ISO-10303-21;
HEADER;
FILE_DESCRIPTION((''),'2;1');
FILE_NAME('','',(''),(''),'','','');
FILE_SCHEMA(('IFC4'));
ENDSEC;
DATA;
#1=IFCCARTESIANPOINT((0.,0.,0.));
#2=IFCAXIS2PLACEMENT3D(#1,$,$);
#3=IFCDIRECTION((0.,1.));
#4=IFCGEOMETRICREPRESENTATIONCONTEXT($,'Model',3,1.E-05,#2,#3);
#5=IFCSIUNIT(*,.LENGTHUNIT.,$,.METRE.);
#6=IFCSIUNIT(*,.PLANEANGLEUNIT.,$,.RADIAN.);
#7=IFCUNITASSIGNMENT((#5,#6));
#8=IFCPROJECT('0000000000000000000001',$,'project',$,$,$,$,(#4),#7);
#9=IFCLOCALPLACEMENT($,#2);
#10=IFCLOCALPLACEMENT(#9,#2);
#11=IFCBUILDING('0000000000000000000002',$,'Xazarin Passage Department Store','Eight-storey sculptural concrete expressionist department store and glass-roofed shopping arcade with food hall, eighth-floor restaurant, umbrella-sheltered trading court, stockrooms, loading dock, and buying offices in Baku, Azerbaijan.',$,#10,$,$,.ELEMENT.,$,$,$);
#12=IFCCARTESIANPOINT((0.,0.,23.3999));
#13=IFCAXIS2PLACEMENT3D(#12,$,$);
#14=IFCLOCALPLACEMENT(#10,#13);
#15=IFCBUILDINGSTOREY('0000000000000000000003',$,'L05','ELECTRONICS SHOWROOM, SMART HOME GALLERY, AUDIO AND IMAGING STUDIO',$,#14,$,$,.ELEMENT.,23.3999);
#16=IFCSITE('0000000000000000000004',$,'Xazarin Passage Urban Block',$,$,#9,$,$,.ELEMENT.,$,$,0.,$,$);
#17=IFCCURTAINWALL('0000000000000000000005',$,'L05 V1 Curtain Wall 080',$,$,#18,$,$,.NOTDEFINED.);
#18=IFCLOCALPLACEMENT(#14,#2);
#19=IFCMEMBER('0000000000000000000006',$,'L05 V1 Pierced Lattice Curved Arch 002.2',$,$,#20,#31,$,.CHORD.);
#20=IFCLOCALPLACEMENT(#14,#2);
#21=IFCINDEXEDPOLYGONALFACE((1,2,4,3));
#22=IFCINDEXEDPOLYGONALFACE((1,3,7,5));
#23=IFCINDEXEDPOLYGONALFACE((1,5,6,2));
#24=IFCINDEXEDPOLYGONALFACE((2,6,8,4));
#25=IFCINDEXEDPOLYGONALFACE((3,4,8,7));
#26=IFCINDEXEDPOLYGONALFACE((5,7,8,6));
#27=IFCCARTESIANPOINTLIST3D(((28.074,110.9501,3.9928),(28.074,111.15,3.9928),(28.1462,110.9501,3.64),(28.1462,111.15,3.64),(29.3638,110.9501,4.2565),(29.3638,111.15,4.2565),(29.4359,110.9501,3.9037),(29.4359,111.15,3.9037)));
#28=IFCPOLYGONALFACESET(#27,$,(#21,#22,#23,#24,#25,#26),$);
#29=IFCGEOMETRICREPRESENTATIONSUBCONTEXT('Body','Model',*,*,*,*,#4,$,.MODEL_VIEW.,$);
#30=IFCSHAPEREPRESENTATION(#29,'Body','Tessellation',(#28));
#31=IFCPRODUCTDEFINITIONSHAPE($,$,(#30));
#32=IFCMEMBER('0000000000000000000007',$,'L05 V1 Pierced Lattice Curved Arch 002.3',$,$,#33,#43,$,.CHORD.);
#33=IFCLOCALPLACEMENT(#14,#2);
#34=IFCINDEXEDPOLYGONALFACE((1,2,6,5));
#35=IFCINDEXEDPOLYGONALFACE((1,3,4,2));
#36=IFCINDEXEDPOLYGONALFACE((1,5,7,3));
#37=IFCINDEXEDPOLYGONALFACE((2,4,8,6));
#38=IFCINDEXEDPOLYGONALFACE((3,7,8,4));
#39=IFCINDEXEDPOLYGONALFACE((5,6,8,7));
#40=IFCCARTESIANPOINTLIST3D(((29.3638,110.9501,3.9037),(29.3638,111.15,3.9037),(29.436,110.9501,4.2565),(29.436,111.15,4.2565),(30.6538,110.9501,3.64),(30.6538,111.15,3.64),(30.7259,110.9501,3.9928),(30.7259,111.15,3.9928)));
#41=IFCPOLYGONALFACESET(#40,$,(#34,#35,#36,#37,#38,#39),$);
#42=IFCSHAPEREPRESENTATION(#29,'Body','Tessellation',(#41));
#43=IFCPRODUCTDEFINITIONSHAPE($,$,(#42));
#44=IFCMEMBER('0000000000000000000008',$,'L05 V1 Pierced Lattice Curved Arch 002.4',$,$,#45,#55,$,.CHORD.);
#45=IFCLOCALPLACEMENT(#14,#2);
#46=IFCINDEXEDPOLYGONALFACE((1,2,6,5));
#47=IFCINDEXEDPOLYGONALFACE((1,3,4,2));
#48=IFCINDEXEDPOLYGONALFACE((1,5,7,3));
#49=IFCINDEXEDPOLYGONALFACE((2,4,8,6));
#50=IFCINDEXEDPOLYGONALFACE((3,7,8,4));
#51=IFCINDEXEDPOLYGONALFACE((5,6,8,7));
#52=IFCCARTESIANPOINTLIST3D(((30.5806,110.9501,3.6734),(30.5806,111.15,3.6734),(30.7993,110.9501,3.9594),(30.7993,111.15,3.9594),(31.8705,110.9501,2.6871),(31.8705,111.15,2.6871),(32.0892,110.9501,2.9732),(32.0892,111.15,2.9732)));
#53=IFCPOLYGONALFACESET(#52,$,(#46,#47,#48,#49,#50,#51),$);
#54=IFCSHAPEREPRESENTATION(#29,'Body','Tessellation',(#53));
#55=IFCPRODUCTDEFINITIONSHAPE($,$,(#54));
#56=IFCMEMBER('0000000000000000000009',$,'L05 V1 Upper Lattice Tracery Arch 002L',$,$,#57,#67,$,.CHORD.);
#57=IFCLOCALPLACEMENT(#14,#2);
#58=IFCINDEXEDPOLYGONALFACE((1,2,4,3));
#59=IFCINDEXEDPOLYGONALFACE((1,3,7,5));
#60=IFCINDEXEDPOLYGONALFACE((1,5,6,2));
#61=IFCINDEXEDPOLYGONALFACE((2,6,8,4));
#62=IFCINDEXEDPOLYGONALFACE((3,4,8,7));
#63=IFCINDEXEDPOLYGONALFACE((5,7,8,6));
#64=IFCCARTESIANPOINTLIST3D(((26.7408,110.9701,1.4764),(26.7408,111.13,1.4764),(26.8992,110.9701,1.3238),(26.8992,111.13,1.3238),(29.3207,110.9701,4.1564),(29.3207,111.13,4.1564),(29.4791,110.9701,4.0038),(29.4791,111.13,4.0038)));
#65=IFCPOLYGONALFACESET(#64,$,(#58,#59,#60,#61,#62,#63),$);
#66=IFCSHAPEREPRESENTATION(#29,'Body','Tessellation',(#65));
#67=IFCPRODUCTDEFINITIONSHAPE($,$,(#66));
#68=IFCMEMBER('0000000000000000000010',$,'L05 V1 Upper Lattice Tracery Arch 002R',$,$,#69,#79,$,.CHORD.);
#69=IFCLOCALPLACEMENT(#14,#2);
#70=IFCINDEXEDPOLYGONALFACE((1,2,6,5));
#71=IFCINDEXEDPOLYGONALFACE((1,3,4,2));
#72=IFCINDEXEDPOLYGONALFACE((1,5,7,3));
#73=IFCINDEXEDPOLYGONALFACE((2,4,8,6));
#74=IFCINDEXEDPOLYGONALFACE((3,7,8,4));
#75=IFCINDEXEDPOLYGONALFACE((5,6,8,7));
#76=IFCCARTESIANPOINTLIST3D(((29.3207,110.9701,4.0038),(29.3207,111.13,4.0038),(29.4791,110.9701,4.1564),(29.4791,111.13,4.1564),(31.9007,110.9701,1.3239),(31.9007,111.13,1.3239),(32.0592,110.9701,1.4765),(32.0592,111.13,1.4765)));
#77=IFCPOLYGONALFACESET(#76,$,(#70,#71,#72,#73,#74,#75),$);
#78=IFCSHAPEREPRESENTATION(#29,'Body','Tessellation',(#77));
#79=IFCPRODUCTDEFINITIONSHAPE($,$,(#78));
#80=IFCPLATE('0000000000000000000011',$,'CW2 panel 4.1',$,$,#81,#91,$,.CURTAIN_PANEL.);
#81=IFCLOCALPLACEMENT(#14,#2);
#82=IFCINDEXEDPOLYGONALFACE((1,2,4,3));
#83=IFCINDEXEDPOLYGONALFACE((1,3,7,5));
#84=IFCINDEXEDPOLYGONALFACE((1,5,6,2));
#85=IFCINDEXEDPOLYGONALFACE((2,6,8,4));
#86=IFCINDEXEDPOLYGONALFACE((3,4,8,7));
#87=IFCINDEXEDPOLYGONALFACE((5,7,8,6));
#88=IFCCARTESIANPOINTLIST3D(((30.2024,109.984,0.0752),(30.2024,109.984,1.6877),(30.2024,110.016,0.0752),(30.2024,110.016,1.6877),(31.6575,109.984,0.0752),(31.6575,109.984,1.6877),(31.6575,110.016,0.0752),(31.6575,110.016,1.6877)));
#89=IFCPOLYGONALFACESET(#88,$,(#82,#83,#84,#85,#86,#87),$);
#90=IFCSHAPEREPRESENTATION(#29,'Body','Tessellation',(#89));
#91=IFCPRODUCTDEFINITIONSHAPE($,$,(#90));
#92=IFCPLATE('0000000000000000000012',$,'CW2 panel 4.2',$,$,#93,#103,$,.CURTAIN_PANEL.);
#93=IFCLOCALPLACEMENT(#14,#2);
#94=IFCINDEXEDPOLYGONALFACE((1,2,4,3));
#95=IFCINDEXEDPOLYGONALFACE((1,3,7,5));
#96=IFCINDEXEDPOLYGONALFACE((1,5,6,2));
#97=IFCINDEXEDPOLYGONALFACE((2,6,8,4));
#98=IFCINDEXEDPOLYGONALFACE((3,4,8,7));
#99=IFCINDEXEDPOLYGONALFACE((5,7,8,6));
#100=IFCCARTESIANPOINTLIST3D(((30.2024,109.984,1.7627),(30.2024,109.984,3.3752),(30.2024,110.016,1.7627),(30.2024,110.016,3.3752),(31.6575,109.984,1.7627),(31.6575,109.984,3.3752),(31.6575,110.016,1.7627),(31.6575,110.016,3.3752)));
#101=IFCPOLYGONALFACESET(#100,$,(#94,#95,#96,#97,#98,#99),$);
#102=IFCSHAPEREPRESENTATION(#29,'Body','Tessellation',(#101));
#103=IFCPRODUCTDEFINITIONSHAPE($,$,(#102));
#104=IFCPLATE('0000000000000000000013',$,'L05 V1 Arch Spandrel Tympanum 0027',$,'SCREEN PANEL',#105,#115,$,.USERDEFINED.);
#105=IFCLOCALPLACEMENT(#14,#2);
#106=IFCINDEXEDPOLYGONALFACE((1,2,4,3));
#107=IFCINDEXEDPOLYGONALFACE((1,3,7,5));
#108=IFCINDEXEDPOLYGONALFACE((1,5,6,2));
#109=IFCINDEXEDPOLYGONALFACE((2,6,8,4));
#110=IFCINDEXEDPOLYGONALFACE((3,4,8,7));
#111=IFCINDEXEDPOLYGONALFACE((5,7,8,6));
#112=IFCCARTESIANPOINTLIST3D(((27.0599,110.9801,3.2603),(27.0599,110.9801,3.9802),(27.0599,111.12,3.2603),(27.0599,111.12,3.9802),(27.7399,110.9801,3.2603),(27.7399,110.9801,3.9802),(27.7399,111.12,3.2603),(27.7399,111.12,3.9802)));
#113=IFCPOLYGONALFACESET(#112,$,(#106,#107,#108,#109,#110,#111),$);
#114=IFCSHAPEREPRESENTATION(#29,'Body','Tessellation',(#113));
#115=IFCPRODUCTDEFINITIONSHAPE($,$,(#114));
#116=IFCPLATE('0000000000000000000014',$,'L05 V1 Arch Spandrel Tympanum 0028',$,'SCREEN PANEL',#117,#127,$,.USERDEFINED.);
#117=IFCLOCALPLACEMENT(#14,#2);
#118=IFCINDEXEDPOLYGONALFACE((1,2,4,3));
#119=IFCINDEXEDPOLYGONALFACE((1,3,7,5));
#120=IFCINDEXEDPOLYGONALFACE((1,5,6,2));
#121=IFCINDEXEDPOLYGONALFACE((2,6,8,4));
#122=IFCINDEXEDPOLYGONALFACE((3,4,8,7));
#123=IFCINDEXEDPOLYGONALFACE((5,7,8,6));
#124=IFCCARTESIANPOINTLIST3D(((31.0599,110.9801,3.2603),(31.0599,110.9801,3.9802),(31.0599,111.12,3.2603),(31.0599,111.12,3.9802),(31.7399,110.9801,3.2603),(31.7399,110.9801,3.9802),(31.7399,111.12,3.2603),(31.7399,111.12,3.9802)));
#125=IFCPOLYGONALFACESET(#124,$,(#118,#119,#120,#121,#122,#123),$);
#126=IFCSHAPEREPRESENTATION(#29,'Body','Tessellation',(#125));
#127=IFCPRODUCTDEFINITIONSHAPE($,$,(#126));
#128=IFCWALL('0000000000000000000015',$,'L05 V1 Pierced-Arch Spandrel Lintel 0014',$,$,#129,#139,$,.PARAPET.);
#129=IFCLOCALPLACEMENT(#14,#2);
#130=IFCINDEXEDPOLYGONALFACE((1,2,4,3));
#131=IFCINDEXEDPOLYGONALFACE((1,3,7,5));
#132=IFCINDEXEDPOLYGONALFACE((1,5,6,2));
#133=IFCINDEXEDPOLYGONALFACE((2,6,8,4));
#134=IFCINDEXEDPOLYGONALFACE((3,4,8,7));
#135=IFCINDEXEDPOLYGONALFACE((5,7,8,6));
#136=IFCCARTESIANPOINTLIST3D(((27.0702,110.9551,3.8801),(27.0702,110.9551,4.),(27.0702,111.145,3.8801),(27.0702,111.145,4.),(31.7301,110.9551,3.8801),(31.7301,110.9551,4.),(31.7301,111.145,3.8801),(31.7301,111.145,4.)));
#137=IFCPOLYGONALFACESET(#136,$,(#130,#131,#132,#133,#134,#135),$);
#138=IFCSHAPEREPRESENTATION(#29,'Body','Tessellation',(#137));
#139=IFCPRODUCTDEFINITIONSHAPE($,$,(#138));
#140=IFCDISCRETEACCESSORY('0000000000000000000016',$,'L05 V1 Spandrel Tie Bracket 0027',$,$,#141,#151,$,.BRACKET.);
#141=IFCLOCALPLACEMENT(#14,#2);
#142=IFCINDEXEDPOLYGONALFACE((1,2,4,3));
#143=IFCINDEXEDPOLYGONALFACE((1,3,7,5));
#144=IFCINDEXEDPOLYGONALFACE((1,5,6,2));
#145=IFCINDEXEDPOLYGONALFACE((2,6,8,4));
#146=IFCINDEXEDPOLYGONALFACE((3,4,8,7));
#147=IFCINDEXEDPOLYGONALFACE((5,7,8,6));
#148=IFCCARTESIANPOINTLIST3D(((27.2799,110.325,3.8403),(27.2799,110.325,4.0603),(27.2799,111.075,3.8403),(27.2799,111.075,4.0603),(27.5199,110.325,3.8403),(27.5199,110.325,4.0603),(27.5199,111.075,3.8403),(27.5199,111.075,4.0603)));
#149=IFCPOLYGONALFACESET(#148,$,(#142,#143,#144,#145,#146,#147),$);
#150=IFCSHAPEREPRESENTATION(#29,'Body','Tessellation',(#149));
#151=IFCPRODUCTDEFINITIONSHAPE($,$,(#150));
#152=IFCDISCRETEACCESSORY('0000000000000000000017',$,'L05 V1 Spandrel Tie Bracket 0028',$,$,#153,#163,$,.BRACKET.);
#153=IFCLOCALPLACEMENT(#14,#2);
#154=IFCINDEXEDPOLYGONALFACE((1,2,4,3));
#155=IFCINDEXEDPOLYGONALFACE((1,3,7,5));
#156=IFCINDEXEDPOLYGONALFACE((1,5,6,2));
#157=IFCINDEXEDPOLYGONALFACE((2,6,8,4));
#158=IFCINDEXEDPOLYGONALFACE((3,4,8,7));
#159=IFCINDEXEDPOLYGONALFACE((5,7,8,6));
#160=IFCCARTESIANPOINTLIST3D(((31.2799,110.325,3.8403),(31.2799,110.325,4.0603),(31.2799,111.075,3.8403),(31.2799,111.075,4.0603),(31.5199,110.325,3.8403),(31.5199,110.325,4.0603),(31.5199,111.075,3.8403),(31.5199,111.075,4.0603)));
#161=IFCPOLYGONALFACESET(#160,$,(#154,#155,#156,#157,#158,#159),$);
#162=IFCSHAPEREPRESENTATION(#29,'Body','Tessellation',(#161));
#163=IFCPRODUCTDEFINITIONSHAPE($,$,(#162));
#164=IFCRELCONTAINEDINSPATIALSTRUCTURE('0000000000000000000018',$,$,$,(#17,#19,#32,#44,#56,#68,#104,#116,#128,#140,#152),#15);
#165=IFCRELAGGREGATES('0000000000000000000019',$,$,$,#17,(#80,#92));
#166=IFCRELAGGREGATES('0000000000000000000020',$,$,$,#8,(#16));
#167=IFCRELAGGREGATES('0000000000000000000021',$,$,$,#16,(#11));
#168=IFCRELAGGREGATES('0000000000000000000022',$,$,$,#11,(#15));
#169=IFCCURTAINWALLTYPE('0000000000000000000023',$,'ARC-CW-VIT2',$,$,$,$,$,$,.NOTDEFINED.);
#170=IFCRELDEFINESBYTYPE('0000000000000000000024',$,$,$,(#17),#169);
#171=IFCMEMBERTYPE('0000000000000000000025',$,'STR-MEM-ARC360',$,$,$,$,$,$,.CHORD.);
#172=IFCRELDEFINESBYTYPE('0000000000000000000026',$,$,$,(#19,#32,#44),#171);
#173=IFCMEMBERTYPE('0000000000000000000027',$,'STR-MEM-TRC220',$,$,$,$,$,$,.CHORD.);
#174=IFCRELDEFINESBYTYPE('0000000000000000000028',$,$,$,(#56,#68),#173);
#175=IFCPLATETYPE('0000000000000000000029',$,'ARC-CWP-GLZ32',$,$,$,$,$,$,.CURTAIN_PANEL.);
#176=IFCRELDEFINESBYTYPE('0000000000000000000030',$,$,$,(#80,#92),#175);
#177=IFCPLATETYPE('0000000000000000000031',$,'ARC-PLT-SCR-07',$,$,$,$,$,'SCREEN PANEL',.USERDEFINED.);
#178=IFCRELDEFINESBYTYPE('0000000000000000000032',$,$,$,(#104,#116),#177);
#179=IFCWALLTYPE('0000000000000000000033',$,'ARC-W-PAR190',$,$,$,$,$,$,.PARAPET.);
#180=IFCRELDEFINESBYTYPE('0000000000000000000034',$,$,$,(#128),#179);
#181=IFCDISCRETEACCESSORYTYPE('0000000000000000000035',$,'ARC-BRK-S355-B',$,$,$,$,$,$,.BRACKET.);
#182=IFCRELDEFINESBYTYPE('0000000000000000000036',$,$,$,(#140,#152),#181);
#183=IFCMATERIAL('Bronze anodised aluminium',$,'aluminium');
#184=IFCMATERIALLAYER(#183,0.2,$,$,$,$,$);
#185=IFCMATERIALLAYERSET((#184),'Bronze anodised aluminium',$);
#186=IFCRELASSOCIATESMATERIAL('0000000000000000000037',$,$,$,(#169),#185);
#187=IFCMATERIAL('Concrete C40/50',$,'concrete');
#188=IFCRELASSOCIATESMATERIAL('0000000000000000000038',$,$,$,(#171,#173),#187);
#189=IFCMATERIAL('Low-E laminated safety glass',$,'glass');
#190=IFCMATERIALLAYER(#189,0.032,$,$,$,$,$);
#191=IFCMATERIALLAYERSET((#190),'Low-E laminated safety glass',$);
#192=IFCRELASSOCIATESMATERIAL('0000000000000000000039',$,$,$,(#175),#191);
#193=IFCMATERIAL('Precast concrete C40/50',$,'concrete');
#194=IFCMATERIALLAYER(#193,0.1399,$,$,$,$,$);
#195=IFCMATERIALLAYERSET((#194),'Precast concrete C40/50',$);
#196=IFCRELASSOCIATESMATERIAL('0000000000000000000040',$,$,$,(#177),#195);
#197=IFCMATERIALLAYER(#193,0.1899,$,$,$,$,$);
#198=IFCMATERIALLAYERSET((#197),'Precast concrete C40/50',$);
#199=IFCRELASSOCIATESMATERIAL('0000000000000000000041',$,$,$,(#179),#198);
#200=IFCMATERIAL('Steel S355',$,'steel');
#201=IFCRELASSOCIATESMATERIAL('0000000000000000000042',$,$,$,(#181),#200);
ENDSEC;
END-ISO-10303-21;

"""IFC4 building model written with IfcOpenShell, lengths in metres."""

from ifc_helpers import new_model, si_unit, direction, frame, frame_2d, origin, origin_2d, place, context, subcontext, project, spatial, rectangle, extrude, material, layer, layer_set, material_profile, profile_set, type_object, element, aggregate, save


model = new_model("IFC4")

# Units and contexts
model_context = context("Model", 3, precision=1e-05, world=origin(), true_north=direction((0.0, 1.0)))
body_context = subcontext(model_context, "Body", "Model", "MODEL_VIEW")
ifc_project = project(units=[si_unit("LENGTHUNIT", "METRE"), si_unit("PLANEANGLEUNIT", "RADIAN")], contexts=[model_context])

# Site, building, storey
site_placement = place(None, origin())
site = spatial("IfcSite", under=ifc_project, at=site_placement, Name="Xazarin Passage Urban Block", CompositionType="ELEMENT", RefElevation=0.0)
building_placement = place(site_placement, origin())
building = spatial("IfcBuilding", under=site, at=building_placement, Name="Xazarin Passage Department Store", Description="Eight-storey sculptural concrete expressionist department store and glass-roofed shopping arcade with food hall, eighth-floor restaurant, umbrella-sheltered trading court, stockrooms, loading dock, and buying offices in Baku, Azerbaijan.", CompositionType="ELEMENT")
storey_placement = place(building_placement, frame((0.0, 0.0, 23.3999)))
storey = spatial("IfcBuildingStorey", under=building, at=storey_placement, Name="L05", Description="ELECTRONICS SHOWROOM, SMART HOME GALLERY, AUDIO AND IMAGING STUDIO", CompositionType="ELEMENT", Elevation=23.3999)

# Shared definitions
ifc_material_1 = material(Name="Concrete C40/50", Category="concrete")

# Curtain wall
ifc_material_2 = material(Name="Bronze anodised aluminium", Category="aluminium")
ifc_layer_1 = layer(ifc_material_2, 0.2)
ifc_layer_set_1 = layer_set([ifc_layer_1], Name="Bronze anodised aluminium")
curtain_wall_type = type_object("IfcCurtainWallType", Name="ARC-CW-VIT2", PredefinedType="NOTDEFINED", material=ifc_layer_set_1)
curtain_wall_placement = place(storey_placement, origin())
curtain_wall = element("IfcCurtainWall", 1, at=curtain_wall_placement, inside=storey, type_object=curtain_wall_type, Name="L05 V1 Curtain Wall 080", PredefinedType="NOTDEFINED")

# Members
ifc_material_profile_1 = material_profile(ifc_material_1, rectangle(XDim=0.2, YDim=0.3601, at=origin_2d()), Name="RC 200x360")
ifc_profile_set_1 = profile_set([ifc_material_profile_1], Name="Concrete C40/50")
member_type_1 = type_object("IfcMemberType", Name="STR-MEM-ARC360", PredefinedType="CHORD", material=ifc_profile_set_1)
member_1_placement = place(storey_placement, frame((28.1101, 111.05, 3.8164), z_axis=(0.979737, 0.0, 0.200287), x_axis=(0.0, 1.0, 0.0)))
element("IfcMember", 2, at=member_1_placement, inside=storey, type_object=member_type_1, Name="L05 V1 Pierced Lattice Curved Arch 002.2", PredefinedType="CHORD", context=body_context, shape_type="SweptSolid", body=[
    extrude(rectangle(XDim=0.2, YDim=0.3601, at=origin_2d()), origin(), (0.0, 0.0, 1.0), 1.3164),
])
member_2_placement = place(storey_placement, frame((29.3999, 111.05, 4.0801), z_axis=(0.979745, 0.0, -0.200251), x_axis=(0.0, 1.0, 0.0)))
element("IfcMember", 3, at=member_2_placement, inside=storey, type_object=member_type_1, Name="L05 V1 Pierced Lattice Curved Arch 002.3", PredefinedType="CHORD", context=body_context, shape_type="SweptSolid", body=[
    extrude(rectangle(XDim=0.2, YDim=0.3601, at=origin_2d()), origin(), (0.0, 0.0, 1.0), 1.3167),
])
member_3_placement = place(storey_placement, frame((30.6899, 111.05, 3.8164), z_axis=(0.794409, 0.0, -0.607383), x_axis=(0.0, 1.0, 0.0)))
element("IfcMember", 4, at=member_3_placement, inside=storey, type_object=member_type_1, Name="L05 V1 Pierced Lattice Curved Arch 002.4", PredefinedType="CHORD", context=body_context, shape_type="SweptSolid", body=[
    extrude(rectangle(XDim=0.2, YDim=0.3601, at=origin_2d()), origin(), (0.0, 0.0, 1.0), 1.6238),
])
ifc_material_profile_2 = material_profile(ifc_material_1, rectangle(XDim=0.1599, YDim=0.22, at=origin_2d()), Name="RC 160x220")
ifc_profile_set_2 = profile_set([ifc_material_profile_2], Name="Concrete C40/50")
member_type_2 = type_object("IfcMemberType", Name="STR-MEM-TRC220", PredefinedType="CHORD", material=ifc_profile_set_2)
for number, where, z_axis, x_axis, name in (
    (5, (29.3999, 111.05, 4.0801), (-0.693524, 0.0, -0.720433), (0.0, -1.0, 0.0), "L05 V1 Upper Lattice Tracery Arch 002L"),
    (6, (29.3999, 111.05, 4.0801), (0.693558, 0.0, -0.7204), (0.0, 1.0, 0.0), "L05 V1 Upper Lattice Tracery Arch 002R"),
):
    element("IfcMember", number, at=place(storey_placement, frame(where, z_axis=z_axis, x_axis=x_axis)), inside=storey, type_object=member_type_2, Name=name, PredefinedType="CHORD", context=body_context, shape_type="SweptSolid", body=[
        extrude(rectangle(XDim=0.1599, YDim=0.22, at=origin_2d()), origin(), (0.0, 0.0, 1.0), 3.72),
    ])

# Plates
ifc_material_3 = material(Name="Low-E laminated safety glass", Category="glass")
ifc_layer_2 = layer(ifc_material_3, 0.032)
ifc_layer_set_2 = layer_set([ifc_layer_2], Name="Low-E laminated safety glass")
plate_type_1 = type_object("IfcPlateType", Name="ARC-CWP-GLZ32", PredefinedType="CURTAIN_PANEL", material=ifc_layer_set_2)
plate_1_placement = place(storey_placement, frame((30.9299, 110.0, 0.0752), z_axis=(0.0, 0.0, 1.0), x_axis=(1.0, 0.0, 0.0)))
plate_1 = element("IfcPlate", 7, at=plate_1_placement, type_object=plate_type_1, Name="CW2 panel 4.1", PredefinedType="CURTAIN_PANEL", context=body_context, shape_type="SweptSolid", body=[
    extrude(rectangle(XDim=1.4551, YDim=0.032, at=origin_2d()), origin(), (0.0, 0.0, 1.0), 1.6125),
])
plate_2_placement = place(storey_placement, frame((30.9299, 110.0, 1.7627), z_axis=(0.0, 0.0, 1.0), x_axis=(1.0, 0.0, 0.0)))
plate_2 = element("IfcPlate", 8, at=plate_2_placement, type_object=plate_type_1, Name="CW2 panel 4.2", PredefinedType="CURTAIN_PANEL", context=body_context, shape_type="SweptSolid", body=[
    extrude(rectangle(XDim=1.4551, YDim=0.032, at=origin_2d()), origin(), (0.0, 0.0, 1.0), 1.6125),
])
aggregate(curtain_wall, [plate_1, plate_2])

# Plates
ifc_material_4 = material(Name="Precast concrete C40/50", Category="concrete")
ifc_layer_3 = layer(ifc_material_4, 0.1399)
ifc_layer_set_3 = layer_set([ifc_layer_3], Name="Precast concrete C40/50")
plate_type_2 = type_object("IfcPlateType", Name="ARC-PLT-SCR-07", ElementType="SCREEN PANEL", PredefinedType="USERDEFINED", material=ifc_layer_set_3)
for number, where, z_axis, x_axis, name in (
    (9, (27.3999, 111.05, 3.2603), (0.0, 0.0, 1.0), (1.0, 0.0, 0.0), "L05 V1 Arch Spandrel Tympanum 0027"),
    (10, (31.3999, 111.05, 3.2603), (0.0, 0.0, 1.0), (1.0, 0.0, 0.0), "L05 V1 Arch Spandrel Tympanum 0028"),
):
    element("IfcPlate", number, at=place(storey_placement, frame(where, z_axis=z_axis, x_axis=x_axis)), inside=storey, type_object=plate_type_2, Name=name, ObjectType="SCREEN PANEL", PredefinedType="USERDEFINED", context=body_context, shape_type="SweptSolid", body=[
        extrude(rectangle(XDim=0.6799, YDim=0.1399, at=origin_2d()), origin(), (0.0, 0.0, 1.0), 0.72),
    ])

# Wall
ifc_layer_4 = layer(ifc_material_4, 0.1899)
ifc_layer_set_4 = layer_set([ifc_layer_4], Name="Precast concrete C40/50")
wall_type = type_object("IfcWallType", Name="ARC-W-PAR190", PredefinedType="PARAPET", material=ifc_layer_set_4)
wall_placement = place(storey_placement, frame((27.0701, 111.05, 3.8801), z_axis=(0.0, 0.0, 1.0), x_axis=(1.0, 0.0, 0.0)))
element("IfcWall", 11, at=wall_placement, inside=storey, type_object=wall_type, Name="L05 V1 Pierced-Arch Spandrel Lintel 0014", PredefinedType="PARAPET", context=body_context, shape_type="SweptSolid", body=[
    extrude(rectangle(XDim=4.6599, YDim=0.1899, at=frame_2d((2.3301, 0.0))), origin(), (0.0, 0.0, 1.0), 0.1199),
])

# Discrete accessories
ifc_material_5 = material(Name="Steel S355", Category="steel")
discrete_accessory_type = type_object("IfcDiscreteAccessoryType", Name="ARC-BRK-S355-B", PredefinedType="BRACKET", material=ifc_material_5)
for number, where, z_axis, x_axis, name in (
    (12, (27.3999, 110.7, 3.8403), (0.0, 0.0, 1.0), (1.0, 0.0, 0.0), "L05 V1 Spandrel Tie Bracket 0027"),
    (13, (31.3999, 110.7, 3.8403), (0.0, 0.0, 1.0), (1.0, 0.0, 0.0), "L05 V1 Spandrel Tie Bracket 0028"),
):
    element("IfcDiscreteAccessory", number, at=place(storey_placement, frame(where, z_axis=z_axis, x_axis=x_axis)), inside=storey, type_object=discrete_accessory_type, Name=name, PredefinedType="BRACKET", context=body_context, shape_type="SweptSolid", body=[
        extrude(rectangle(XDim=0.24, YDim=0.75, at=origin_2d()), origin(), (0.0, 0.0, 1.0), 0.22),
    ])

save(model, "model.ifc")
